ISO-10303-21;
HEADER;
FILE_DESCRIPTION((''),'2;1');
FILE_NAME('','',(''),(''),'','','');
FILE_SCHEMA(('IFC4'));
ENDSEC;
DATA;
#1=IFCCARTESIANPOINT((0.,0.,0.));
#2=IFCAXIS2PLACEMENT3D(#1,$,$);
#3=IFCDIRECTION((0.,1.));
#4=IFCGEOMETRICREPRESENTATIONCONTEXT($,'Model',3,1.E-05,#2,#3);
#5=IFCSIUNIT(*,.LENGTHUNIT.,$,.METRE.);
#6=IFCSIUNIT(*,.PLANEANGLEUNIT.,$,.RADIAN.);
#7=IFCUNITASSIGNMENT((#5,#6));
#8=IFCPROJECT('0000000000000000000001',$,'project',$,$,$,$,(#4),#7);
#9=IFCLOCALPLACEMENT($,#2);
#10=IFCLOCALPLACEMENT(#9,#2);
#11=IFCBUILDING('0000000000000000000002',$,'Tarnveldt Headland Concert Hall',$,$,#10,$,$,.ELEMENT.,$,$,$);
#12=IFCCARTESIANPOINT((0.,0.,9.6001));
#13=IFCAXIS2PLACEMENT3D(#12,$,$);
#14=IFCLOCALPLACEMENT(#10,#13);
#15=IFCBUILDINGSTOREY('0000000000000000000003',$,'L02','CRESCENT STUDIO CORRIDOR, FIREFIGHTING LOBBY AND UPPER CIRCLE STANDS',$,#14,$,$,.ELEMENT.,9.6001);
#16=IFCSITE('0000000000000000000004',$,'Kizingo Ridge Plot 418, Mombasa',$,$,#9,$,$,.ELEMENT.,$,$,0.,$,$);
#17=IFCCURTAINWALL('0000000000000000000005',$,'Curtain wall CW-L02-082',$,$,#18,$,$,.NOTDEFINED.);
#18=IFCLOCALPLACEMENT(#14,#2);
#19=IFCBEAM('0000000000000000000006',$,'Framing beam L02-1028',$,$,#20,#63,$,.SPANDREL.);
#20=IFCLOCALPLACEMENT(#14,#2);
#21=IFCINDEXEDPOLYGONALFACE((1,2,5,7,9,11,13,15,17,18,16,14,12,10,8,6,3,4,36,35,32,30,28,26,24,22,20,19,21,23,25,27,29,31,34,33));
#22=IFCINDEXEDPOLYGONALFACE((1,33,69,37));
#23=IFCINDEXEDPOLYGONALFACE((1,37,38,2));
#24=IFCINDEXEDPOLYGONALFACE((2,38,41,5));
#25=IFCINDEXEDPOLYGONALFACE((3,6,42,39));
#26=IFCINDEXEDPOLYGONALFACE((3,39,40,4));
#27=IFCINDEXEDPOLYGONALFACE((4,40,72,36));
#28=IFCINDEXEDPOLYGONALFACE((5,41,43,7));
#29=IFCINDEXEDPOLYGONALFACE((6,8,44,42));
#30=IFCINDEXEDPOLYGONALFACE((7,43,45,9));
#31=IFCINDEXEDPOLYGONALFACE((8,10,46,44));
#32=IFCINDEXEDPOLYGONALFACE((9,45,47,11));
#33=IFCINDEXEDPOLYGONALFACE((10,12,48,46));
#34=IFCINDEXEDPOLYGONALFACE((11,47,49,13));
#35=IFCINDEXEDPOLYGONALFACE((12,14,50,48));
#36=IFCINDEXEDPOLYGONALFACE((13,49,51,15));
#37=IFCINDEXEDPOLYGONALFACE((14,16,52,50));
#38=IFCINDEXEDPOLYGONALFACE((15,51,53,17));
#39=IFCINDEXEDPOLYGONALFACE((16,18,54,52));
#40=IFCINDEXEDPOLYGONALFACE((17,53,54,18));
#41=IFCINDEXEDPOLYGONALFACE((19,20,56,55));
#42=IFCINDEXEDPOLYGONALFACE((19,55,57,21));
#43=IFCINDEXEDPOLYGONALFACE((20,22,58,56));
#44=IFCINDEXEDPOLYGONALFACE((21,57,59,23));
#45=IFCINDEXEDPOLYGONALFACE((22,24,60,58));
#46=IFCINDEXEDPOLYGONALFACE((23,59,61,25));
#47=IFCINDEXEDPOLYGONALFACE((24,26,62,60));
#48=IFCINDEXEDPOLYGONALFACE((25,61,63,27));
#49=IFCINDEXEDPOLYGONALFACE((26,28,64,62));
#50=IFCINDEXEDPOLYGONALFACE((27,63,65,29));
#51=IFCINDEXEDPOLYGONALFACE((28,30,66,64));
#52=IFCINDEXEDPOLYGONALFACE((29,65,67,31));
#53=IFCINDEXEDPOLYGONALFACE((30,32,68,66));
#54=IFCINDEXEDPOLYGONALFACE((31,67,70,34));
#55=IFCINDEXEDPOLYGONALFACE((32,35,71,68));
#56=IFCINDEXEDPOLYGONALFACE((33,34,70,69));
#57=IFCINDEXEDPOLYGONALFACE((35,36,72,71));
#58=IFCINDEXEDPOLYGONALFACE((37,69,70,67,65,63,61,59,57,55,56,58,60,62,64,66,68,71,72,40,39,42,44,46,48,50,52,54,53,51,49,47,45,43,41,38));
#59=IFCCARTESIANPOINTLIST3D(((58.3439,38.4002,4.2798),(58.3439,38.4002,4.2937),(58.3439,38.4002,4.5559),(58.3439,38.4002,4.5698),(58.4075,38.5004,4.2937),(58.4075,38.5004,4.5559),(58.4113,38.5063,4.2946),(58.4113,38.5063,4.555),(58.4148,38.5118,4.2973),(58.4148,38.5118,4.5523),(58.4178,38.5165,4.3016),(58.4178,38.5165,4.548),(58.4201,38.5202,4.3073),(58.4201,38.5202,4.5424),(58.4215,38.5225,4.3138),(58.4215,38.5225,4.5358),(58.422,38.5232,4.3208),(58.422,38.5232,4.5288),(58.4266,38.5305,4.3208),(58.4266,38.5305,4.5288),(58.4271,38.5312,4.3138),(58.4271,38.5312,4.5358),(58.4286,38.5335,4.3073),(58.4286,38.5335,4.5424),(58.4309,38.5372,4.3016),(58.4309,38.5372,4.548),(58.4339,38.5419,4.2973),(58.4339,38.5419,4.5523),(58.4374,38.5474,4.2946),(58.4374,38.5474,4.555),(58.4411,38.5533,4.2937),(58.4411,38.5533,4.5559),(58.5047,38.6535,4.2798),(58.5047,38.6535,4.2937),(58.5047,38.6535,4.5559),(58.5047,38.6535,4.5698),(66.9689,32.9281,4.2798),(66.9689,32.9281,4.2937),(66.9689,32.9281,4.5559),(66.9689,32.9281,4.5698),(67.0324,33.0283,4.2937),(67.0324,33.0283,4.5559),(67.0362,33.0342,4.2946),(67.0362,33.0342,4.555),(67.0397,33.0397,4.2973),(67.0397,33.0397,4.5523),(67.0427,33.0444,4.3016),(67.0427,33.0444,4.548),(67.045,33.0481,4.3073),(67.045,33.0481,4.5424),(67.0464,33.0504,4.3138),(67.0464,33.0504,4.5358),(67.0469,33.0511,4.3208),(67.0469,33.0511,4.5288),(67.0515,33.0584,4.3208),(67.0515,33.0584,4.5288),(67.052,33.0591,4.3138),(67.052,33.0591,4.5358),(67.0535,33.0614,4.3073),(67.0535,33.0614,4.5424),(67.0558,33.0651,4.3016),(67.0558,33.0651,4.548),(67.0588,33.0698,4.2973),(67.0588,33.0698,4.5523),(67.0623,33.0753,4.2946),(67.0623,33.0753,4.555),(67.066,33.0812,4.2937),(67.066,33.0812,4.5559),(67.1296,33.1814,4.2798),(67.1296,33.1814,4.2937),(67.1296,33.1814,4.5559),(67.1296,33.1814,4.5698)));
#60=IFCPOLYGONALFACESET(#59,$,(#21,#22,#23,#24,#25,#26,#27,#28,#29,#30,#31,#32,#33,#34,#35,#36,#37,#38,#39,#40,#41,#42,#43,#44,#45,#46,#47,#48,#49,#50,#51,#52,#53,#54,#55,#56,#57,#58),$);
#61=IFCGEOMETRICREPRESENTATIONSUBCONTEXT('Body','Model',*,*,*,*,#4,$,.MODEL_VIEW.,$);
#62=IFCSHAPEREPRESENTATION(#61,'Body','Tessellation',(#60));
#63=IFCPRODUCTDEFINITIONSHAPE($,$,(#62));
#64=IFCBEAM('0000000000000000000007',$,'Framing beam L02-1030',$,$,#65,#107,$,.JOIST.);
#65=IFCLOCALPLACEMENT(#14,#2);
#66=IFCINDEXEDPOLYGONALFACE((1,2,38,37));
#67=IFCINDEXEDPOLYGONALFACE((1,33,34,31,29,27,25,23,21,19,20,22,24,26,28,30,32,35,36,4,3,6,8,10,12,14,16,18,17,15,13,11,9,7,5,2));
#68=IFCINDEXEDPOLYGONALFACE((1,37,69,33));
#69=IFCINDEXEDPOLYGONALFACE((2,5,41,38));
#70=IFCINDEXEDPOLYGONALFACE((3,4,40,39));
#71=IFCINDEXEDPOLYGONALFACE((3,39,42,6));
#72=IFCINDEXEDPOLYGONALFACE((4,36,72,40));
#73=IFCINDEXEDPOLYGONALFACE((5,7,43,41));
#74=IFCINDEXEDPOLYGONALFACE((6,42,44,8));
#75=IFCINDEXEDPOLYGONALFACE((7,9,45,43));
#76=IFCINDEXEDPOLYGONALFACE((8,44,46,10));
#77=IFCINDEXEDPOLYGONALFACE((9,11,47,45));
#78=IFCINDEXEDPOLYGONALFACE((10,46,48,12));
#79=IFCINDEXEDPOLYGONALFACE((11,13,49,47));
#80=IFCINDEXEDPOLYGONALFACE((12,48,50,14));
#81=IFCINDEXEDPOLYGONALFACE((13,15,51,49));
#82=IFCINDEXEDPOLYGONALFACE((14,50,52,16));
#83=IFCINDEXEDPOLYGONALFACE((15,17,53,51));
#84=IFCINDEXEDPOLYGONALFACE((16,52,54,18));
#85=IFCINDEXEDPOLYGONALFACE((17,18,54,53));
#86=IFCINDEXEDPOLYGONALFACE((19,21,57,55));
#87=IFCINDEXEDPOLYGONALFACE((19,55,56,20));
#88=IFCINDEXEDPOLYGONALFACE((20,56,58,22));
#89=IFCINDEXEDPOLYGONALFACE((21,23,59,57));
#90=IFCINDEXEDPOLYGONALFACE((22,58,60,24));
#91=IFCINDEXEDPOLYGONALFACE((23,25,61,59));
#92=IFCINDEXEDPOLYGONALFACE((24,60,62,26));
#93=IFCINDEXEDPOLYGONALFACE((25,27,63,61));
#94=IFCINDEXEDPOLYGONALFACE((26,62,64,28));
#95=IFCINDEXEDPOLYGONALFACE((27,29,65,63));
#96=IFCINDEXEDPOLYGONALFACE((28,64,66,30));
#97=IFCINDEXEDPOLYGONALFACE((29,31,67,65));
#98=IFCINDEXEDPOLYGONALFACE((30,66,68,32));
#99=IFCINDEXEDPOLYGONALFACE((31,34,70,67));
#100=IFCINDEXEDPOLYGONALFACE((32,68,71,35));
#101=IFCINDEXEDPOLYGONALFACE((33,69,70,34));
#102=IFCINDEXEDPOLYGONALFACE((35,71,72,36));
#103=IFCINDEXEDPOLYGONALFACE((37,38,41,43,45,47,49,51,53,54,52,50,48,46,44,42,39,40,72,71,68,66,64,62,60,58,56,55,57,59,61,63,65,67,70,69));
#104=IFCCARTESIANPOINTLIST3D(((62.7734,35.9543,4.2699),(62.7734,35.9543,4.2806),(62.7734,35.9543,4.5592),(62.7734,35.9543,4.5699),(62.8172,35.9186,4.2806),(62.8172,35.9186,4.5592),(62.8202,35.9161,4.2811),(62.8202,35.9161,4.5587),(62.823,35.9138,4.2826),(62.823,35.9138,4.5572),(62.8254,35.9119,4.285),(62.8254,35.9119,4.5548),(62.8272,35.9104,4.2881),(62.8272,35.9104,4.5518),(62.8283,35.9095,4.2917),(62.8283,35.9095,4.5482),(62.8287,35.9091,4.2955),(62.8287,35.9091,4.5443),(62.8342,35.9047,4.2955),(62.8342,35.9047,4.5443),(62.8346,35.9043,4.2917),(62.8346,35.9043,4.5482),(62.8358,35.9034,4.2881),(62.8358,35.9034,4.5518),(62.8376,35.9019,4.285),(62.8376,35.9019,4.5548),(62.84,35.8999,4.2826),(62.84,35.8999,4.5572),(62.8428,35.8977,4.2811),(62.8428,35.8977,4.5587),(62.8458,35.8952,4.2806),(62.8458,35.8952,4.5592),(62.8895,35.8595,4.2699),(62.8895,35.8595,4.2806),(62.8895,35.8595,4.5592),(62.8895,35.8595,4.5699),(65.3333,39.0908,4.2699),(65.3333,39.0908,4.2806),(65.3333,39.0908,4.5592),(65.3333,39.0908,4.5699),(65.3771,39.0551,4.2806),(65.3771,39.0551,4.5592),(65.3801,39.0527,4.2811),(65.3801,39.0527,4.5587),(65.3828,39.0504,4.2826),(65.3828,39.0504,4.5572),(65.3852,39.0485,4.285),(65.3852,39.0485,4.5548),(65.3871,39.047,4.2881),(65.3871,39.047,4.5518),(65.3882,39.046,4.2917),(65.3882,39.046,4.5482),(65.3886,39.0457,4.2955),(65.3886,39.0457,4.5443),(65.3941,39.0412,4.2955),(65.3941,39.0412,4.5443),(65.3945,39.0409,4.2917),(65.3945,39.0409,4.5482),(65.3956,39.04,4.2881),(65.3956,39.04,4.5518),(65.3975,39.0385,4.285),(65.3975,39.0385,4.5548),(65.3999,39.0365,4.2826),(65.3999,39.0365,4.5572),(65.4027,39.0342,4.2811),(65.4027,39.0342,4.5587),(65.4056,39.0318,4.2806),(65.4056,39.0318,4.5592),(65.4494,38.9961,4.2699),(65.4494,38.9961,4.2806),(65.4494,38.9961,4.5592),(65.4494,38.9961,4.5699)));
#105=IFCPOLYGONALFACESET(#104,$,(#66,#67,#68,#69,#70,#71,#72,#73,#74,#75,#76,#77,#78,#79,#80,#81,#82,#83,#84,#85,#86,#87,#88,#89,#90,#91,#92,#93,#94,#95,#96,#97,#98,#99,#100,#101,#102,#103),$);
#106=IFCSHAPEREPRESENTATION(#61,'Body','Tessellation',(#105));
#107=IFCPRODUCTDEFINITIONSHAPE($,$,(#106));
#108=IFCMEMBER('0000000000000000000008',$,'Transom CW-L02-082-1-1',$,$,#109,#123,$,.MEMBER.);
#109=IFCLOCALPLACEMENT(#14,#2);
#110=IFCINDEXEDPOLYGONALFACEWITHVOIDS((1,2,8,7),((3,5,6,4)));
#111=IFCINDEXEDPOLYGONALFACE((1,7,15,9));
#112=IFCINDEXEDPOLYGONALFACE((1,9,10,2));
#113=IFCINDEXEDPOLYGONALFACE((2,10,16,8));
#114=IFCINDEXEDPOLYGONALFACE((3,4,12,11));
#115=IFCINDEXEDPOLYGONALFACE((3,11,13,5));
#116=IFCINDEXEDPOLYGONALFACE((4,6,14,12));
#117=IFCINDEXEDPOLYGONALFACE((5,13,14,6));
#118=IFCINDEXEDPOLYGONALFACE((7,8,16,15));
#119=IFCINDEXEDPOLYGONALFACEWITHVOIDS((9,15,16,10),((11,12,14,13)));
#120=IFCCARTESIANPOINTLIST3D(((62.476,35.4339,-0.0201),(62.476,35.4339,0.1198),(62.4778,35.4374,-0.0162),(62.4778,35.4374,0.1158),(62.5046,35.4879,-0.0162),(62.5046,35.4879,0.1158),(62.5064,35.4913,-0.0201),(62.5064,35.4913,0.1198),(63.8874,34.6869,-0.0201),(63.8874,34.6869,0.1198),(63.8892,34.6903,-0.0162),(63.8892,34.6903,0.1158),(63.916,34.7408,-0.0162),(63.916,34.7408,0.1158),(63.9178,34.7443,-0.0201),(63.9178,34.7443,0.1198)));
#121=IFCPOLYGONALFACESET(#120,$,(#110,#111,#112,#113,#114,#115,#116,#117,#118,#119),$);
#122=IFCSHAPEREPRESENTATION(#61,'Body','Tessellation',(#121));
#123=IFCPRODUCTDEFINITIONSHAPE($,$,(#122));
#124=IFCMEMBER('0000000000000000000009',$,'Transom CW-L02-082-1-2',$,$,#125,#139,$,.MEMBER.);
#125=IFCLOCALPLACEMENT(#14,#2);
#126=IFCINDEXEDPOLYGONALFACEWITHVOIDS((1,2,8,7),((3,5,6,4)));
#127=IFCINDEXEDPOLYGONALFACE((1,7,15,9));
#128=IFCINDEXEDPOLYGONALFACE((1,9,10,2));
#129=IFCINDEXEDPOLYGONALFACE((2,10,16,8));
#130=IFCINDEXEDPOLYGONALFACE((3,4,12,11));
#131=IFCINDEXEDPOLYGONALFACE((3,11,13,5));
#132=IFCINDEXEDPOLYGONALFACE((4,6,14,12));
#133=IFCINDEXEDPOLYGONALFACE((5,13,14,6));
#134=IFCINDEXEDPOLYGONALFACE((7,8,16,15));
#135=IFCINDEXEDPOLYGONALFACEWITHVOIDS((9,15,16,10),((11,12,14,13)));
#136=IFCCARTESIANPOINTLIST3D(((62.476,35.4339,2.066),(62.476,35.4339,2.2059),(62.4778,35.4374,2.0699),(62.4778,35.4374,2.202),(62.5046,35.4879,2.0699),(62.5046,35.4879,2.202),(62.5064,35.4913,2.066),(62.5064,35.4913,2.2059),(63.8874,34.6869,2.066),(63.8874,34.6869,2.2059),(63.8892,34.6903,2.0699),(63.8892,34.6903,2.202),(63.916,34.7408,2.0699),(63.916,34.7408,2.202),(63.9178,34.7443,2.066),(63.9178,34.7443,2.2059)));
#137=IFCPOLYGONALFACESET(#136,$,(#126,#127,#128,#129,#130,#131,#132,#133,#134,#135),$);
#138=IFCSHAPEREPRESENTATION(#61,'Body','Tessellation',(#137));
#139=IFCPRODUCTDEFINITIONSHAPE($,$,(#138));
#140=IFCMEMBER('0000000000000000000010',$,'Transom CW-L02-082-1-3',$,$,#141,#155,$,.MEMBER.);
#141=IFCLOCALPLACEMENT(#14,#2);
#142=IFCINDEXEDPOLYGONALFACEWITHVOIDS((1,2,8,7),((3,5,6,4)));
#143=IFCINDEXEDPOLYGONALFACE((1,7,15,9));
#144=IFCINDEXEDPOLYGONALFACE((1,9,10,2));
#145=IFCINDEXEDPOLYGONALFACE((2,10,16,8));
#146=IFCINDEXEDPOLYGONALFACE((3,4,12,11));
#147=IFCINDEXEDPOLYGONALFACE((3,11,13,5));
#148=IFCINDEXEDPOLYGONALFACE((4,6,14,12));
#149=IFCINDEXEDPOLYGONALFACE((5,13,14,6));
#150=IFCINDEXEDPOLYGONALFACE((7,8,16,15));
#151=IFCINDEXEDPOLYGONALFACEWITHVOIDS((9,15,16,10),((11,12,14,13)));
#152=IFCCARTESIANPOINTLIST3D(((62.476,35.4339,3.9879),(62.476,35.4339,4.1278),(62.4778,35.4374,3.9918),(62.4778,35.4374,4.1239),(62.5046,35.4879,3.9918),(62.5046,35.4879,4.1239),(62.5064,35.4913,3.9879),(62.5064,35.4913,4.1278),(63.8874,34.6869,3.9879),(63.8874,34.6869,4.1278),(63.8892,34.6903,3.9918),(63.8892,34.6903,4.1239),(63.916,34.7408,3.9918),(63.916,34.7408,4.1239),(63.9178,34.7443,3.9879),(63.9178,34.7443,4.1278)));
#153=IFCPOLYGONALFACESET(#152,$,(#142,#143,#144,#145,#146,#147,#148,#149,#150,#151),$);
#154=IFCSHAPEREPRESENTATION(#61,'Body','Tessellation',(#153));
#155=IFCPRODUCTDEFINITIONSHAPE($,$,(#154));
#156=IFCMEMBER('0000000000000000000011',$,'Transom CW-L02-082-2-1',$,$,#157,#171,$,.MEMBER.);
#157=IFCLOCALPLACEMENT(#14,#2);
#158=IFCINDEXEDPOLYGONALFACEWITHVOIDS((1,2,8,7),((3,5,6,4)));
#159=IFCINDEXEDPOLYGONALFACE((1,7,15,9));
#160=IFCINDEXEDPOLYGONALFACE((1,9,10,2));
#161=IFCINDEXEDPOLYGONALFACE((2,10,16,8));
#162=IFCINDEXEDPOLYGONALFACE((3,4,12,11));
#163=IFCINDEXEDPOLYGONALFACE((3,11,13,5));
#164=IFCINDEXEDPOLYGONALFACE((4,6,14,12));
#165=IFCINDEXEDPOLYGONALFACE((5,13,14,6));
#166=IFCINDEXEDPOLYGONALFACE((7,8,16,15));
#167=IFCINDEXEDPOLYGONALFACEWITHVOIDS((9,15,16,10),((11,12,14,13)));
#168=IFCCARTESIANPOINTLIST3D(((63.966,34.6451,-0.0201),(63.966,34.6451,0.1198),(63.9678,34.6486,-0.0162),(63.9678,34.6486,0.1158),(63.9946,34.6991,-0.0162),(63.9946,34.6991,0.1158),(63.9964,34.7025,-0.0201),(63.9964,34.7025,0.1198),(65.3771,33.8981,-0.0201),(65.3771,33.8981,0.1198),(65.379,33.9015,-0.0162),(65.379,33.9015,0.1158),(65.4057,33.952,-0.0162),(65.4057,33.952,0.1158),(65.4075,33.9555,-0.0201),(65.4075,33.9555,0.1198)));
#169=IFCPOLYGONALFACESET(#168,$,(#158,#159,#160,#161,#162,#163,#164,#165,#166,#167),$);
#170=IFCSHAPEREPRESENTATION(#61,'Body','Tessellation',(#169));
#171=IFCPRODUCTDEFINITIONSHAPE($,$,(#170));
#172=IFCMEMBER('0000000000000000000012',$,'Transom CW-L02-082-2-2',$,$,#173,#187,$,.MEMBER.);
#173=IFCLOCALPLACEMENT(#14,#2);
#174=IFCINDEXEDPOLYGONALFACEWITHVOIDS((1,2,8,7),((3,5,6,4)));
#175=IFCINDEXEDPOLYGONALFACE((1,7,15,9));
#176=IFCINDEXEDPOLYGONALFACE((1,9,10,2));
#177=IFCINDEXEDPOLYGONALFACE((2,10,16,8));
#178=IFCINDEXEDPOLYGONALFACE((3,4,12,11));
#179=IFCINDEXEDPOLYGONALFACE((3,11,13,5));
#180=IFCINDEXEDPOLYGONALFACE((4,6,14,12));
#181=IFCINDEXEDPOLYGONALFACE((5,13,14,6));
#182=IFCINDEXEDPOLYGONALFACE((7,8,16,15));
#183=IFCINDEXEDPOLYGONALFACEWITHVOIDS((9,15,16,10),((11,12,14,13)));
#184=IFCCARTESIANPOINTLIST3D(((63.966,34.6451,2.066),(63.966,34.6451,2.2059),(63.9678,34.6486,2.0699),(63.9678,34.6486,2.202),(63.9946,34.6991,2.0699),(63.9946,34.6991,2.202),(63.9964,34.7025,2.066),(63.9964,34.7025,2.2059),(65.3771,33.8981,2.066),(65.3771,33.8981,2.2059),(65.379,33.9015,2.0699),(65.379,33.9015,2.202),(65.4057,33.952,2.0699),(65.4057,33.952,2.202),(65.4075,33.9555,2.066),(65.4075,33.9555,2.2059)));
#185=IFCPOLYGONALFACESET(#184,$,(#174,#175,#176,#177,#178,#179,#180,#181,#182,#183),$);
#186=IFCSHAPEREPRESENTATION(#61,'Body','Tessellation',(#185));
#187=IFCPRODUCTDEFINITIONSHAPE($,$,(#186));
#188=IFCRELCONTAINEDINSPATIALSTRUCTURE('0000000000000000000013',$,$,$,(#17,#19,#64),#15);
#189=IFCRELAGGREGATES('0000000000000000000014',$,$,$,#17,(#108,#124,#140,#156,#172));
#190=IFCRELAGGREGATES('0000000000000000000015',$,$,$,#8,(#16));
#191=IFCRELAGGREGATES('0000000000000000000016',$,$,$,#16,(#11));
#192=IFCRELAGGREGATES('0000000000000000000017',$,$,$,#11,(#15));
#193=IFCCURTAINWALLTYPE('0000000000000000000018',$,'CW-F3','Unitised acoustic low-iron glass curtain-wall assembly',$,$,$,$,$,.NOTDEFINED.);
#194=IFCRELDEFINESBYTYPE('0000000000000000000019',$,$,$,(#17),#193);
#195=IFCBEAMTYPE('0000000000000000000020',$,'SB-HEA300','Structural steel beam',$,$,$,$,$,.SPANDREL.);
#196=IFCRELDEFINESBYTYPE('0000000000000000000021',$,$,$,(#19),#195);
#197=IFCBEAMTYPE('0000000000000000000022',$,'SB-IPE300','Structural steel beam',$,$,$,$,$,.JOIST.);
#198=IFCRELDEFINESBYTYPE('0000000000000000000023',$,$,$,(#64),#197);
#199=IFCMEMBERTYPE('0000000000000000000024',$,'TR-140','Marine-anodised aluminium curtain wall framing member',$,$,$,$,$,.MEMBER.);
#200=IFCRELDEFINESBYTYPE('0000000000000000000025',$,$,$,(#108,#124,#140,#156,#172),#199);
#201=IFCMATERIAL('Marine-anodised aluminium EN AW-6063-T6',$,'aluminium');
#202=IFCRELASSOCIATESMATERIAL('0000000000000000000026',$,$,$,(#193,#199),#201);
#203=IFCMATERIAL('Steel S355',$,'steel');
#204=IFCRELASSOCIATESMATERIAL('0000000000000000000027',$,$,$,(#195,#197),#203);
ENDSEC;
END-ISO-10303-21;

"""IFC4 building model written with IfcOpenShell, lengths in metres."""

from ifc_helpers import new_model, si_unit, direction, frame, origin, origin_2d, place, context, subcontext, project, spatial, hollow_rectangle, i_section, extrude, material, material_profile, profile_set, type_object, element, aggregate, save


model = new_model("IFC4")

# Units and contexts
model_context = context("Model", 3, precision=1e-05, world=origin(), true_north=direction((0.0, 1.0)))
body_context = subcontext(model_context, "Body", "Model", "MODEL_VIEW")
ifc_project = project(units=[si_unit("LENGTHUNIT", "METRE"), si_unit("PLANEANGLEUNIT", "RADIAN")], contexts=[model_context])

# Site, building, storey
site_placement = place(None, origin())
site = spatial("IfcSite", under=ifc_project, at=site_placement, Name="Kizingo Ridge Plot 418, Mombasa", CompositionType="ELEMENT", RefElevation=0.0)
building_placement = place(site_placement, origin())
building = spatial("IfcBuilding", under=site, at=building_placement, Name="Tarnveldt Headland Concert Hall", CompositionType="ELEMENT")
storey_placement = place(building_placement, frame((0.0, 0.0, 9.6001)))
storey = spatial("IfcBuildingStorey", under=building, at=storey_placement, Name="L02", Description="CRESCENT STUDIO CORRIDOR, FIREFIGHTING LOBBY AND UPPER CIRCLE STANDS", CompositionType="ELEMENT", Elevation=9.6001)

# Shared definitions
ifc_material_1 = material(Name="Steel S355", Category="steel")

# Shared definitions
ifc_material_2 = material(Name="Marine-anodised aluminium EN AW-6063-T6", Category="aluminium")
curtain_wall_type = type_object("IfcCurtainWallType", Name="CW-F3", Description="Unitised acoustic low-iron glass curtain-wall assembly", PredefinedType="NOTDEFINED", material=ifc_material_2)

# Curtain wall
curtain_wall_1_placement = place(storey_placement, origin())
curtain_wall_1 = element("IfcCurtainWall", 1, at=curtain_wall_1_placement, inside=storey, type_object=curtain_wall_type, Name="Curtain wall CW-L02-082", PredefinedType="NOTDEFINED")

# Beams
ifc_material_profile_1 = material_profile(ifc_material_1, i_section(OverallWidth=0.3, OverallDepth=0.29, WebThickness=0.0085, FlangeThickness=0.0139, FilletRadius=0.0271, at=origin_2d()), Name="HEA300", Category="steel")
ifc_profile_set_1 = profile_set([ifc_material_profile_1], Name="Steel S355")
beam_type_1 = type_object("IfcBeamType", Name="SB-HEA300", Description="Structural steel beam", PredefinedType="SPANDREL", material=ifc_profile_set_1)
beam_1_placement = place(storey_placement, frame((58.4243, 38.5269, 4.4248), z_axis=(0.844391, -0.535727, 0.0), x_axis=(0.535727, 0.844391, 0.0)))
element("IfcBeam", 2, at=beam_1_placement, inside=storey, type_object=beam_type_1, Name="Framing beam L02-1028", PredefinedType="SPANDREL", context=body_context, shape_type="SweptSolid", body=[
    extrude(i_section(OverallWidth=0.3, OverallDepth=0.29, WebThickness=0.0085, FlangeThickness=0.0139, FilletRadius=0.0271, at=origin_2d()), origin(), (0.0, 0.0, 1.0), 10.2144),
])
ifc_material_profile_2 = material_profile(ifc_material_1, i_section(OverallWidth=0.1499, OverallDepth=0.3, WebThickness=0.0071, FlangeThickness=0.0107, FilletRadius=0.0149, at=origin_2d()), Name="IPE300", Category="steel")
ifc_profile_set_2 = profile_set([ifc_material_profile_2], Name="Steel S355")
beam_type_2 = type_object("IfcBeamType", Name="SB-IPE300", Description="Structural steel beam", PredefinedType="JOIST", material=ifc_profile_set_2)
beam_2_placement = place(storey_placement, frame((65.3914, 39.0435, 4.4199), z_axis=(-0.632292, -0.774731, 0.0), x_axis=(0.774731, -0.632292, 0.0)))
element("IfcBeam", 3, at=beam_2_placement, inside=storey, type_object=beam_type_2, Name="Framing beam L02-1030", PredefinedType="JOIST", context=body_context, shape_type="SweptSolid", body=[
    extrude(i_section(OverallWidth=0.1499, OverallDepth=0.3, WebThickness=0.0071, FlangeThickness=0.0107, FilletRadius=0.0149, at=origin_2d()), origin(), (0.0, 0.0, 1.0), 4.0486),
])

# Members
ifc_material_profile_3 = material_profile(ifc_material_2, hollow_rectangle(XDim=0.0649, YDim=0.1399, WallThickness=0.0039, at=origin_2d()), Name="ALU TRANSOM 65x140x4", Category="aluminium")
ifc_profile_set_3 = profile_set([ifc_material_profile_3], Name="Marine-anodised aluminium EN AW-6063-T6")
member_type_1 = type_object("IfcMemberType", Name="TR-140", Description="Marine-anodised aluminium curtain wall framing member", PredefinedType="MEMBER", material=ifc_profile_set_3)
member_1_placement = place(storey_placement, frame((62.4912, 35.4626, 0.0498), z_axis=(0.883821, -0.467824, 0.0), x_axis=(0.467824, 0.883821, 0.0)))
member_1 = element("IfcMember", 4, at=member_1_placement, type_object=member_type_1, Name="Transom CW-L02-082-1-1", PredefinedType="MEMBER", context=body_context, shape_type="SweptSolid", body=[
    extrude(hollow_rectangle(XDim=0.0649, YDim=0.1399, WallThickness=0.0039, at=origin_2d()), origin(), (0.0, 0.0, 1.0), 1.5969),
])
member_2_placement = place(storey_placement, frame((62.4912, 35.4626, 2.136), z_axis=(0.883821, -0.467824, 0.0), x_axis=(0.467824, 0.883821, 0.0)))
member_2 = element("IfcMember", 5, at=member_2_placement, type_object=member_type_1, Name="Transom CW-L02-082-1-2", PredefinedType="MEMBER", context=body_context, shape_type="SweptSolid", body=[
    extrude(hollow_rectangle(XDim=0.0649, YDim=0.1399, WallThickness=0.0039, at=origin_2d()), origin(), (0.0, 0.0, 1.0), 1.5969),
])
member_3_placement = place(storey_placement, frame((62.4912, 35.4626, 4.0579), z_axis=(0.883821, -0.467824, 0.0), x_axis=(0.467824, 0.883821, 0.0)))
member_3 = element("IfcMember", 6, at=member_3_placement, type_object=member_type_1, Name="Transom CW-L02-082-1-3", PredefinedType="MEMBER", context=body_context, shape_type="SweptSolid", body=[
    extrude(hollow_rectangle(XDim=0.0649, YDim=0.1399, WallThickness=0.0039, at=origin_2d()), origin(), (0.0, 0.0, 1.0), 1.5969),
])
member_4_placement = place(storey_placement, frame((63.9812, 34.6738, 0.0498), z_axis=(0.883788, -0.467888, 0.0), x_axis=(0.467888, 0.883788, 0.0)))
member_4 = element("IfcMember", 7, at=member_4_placement, type_object=member_type_1, Name="Transom CW-L02-082-2-1", PredefinedType="MEMBER", context=body_context, shape_type="SweptSolid", body=[
    extrude(hollow_rectangle(XDim=0.0649, YDim=0.1399, WallThickness=0.0039, at=origin_2d()), origin(), (0.0, 0.0, 1.0), 1.5967),
])
member_5_placement = place(storey_placement, frame((63.9812, 34.6738, 2.136), z_axis=(0.883788, -0.467888, 0.0), x_axis=(0.467888, 0.883788, 0.0)))
member_5 = element("IfcMember", 8, at=member_5_placement, type_object=member_type_1, Name="Transom CW-L02-082-2-2", PredefinedType="MEMBER", context=body_context, shape_type="SweptSolid", body=[
    extrude(hollow_rectangle(XDim=0.0649, YDim=0.1399, WallThickness=0.0039, at=origin_2d()), origin(), (0.0, 0.0, 1.0), 1.5967),
])

aggregate(curtain_wall_1, [member_1, member_2, member_3, member_4, member_5])

save(model, "model.ifc")
